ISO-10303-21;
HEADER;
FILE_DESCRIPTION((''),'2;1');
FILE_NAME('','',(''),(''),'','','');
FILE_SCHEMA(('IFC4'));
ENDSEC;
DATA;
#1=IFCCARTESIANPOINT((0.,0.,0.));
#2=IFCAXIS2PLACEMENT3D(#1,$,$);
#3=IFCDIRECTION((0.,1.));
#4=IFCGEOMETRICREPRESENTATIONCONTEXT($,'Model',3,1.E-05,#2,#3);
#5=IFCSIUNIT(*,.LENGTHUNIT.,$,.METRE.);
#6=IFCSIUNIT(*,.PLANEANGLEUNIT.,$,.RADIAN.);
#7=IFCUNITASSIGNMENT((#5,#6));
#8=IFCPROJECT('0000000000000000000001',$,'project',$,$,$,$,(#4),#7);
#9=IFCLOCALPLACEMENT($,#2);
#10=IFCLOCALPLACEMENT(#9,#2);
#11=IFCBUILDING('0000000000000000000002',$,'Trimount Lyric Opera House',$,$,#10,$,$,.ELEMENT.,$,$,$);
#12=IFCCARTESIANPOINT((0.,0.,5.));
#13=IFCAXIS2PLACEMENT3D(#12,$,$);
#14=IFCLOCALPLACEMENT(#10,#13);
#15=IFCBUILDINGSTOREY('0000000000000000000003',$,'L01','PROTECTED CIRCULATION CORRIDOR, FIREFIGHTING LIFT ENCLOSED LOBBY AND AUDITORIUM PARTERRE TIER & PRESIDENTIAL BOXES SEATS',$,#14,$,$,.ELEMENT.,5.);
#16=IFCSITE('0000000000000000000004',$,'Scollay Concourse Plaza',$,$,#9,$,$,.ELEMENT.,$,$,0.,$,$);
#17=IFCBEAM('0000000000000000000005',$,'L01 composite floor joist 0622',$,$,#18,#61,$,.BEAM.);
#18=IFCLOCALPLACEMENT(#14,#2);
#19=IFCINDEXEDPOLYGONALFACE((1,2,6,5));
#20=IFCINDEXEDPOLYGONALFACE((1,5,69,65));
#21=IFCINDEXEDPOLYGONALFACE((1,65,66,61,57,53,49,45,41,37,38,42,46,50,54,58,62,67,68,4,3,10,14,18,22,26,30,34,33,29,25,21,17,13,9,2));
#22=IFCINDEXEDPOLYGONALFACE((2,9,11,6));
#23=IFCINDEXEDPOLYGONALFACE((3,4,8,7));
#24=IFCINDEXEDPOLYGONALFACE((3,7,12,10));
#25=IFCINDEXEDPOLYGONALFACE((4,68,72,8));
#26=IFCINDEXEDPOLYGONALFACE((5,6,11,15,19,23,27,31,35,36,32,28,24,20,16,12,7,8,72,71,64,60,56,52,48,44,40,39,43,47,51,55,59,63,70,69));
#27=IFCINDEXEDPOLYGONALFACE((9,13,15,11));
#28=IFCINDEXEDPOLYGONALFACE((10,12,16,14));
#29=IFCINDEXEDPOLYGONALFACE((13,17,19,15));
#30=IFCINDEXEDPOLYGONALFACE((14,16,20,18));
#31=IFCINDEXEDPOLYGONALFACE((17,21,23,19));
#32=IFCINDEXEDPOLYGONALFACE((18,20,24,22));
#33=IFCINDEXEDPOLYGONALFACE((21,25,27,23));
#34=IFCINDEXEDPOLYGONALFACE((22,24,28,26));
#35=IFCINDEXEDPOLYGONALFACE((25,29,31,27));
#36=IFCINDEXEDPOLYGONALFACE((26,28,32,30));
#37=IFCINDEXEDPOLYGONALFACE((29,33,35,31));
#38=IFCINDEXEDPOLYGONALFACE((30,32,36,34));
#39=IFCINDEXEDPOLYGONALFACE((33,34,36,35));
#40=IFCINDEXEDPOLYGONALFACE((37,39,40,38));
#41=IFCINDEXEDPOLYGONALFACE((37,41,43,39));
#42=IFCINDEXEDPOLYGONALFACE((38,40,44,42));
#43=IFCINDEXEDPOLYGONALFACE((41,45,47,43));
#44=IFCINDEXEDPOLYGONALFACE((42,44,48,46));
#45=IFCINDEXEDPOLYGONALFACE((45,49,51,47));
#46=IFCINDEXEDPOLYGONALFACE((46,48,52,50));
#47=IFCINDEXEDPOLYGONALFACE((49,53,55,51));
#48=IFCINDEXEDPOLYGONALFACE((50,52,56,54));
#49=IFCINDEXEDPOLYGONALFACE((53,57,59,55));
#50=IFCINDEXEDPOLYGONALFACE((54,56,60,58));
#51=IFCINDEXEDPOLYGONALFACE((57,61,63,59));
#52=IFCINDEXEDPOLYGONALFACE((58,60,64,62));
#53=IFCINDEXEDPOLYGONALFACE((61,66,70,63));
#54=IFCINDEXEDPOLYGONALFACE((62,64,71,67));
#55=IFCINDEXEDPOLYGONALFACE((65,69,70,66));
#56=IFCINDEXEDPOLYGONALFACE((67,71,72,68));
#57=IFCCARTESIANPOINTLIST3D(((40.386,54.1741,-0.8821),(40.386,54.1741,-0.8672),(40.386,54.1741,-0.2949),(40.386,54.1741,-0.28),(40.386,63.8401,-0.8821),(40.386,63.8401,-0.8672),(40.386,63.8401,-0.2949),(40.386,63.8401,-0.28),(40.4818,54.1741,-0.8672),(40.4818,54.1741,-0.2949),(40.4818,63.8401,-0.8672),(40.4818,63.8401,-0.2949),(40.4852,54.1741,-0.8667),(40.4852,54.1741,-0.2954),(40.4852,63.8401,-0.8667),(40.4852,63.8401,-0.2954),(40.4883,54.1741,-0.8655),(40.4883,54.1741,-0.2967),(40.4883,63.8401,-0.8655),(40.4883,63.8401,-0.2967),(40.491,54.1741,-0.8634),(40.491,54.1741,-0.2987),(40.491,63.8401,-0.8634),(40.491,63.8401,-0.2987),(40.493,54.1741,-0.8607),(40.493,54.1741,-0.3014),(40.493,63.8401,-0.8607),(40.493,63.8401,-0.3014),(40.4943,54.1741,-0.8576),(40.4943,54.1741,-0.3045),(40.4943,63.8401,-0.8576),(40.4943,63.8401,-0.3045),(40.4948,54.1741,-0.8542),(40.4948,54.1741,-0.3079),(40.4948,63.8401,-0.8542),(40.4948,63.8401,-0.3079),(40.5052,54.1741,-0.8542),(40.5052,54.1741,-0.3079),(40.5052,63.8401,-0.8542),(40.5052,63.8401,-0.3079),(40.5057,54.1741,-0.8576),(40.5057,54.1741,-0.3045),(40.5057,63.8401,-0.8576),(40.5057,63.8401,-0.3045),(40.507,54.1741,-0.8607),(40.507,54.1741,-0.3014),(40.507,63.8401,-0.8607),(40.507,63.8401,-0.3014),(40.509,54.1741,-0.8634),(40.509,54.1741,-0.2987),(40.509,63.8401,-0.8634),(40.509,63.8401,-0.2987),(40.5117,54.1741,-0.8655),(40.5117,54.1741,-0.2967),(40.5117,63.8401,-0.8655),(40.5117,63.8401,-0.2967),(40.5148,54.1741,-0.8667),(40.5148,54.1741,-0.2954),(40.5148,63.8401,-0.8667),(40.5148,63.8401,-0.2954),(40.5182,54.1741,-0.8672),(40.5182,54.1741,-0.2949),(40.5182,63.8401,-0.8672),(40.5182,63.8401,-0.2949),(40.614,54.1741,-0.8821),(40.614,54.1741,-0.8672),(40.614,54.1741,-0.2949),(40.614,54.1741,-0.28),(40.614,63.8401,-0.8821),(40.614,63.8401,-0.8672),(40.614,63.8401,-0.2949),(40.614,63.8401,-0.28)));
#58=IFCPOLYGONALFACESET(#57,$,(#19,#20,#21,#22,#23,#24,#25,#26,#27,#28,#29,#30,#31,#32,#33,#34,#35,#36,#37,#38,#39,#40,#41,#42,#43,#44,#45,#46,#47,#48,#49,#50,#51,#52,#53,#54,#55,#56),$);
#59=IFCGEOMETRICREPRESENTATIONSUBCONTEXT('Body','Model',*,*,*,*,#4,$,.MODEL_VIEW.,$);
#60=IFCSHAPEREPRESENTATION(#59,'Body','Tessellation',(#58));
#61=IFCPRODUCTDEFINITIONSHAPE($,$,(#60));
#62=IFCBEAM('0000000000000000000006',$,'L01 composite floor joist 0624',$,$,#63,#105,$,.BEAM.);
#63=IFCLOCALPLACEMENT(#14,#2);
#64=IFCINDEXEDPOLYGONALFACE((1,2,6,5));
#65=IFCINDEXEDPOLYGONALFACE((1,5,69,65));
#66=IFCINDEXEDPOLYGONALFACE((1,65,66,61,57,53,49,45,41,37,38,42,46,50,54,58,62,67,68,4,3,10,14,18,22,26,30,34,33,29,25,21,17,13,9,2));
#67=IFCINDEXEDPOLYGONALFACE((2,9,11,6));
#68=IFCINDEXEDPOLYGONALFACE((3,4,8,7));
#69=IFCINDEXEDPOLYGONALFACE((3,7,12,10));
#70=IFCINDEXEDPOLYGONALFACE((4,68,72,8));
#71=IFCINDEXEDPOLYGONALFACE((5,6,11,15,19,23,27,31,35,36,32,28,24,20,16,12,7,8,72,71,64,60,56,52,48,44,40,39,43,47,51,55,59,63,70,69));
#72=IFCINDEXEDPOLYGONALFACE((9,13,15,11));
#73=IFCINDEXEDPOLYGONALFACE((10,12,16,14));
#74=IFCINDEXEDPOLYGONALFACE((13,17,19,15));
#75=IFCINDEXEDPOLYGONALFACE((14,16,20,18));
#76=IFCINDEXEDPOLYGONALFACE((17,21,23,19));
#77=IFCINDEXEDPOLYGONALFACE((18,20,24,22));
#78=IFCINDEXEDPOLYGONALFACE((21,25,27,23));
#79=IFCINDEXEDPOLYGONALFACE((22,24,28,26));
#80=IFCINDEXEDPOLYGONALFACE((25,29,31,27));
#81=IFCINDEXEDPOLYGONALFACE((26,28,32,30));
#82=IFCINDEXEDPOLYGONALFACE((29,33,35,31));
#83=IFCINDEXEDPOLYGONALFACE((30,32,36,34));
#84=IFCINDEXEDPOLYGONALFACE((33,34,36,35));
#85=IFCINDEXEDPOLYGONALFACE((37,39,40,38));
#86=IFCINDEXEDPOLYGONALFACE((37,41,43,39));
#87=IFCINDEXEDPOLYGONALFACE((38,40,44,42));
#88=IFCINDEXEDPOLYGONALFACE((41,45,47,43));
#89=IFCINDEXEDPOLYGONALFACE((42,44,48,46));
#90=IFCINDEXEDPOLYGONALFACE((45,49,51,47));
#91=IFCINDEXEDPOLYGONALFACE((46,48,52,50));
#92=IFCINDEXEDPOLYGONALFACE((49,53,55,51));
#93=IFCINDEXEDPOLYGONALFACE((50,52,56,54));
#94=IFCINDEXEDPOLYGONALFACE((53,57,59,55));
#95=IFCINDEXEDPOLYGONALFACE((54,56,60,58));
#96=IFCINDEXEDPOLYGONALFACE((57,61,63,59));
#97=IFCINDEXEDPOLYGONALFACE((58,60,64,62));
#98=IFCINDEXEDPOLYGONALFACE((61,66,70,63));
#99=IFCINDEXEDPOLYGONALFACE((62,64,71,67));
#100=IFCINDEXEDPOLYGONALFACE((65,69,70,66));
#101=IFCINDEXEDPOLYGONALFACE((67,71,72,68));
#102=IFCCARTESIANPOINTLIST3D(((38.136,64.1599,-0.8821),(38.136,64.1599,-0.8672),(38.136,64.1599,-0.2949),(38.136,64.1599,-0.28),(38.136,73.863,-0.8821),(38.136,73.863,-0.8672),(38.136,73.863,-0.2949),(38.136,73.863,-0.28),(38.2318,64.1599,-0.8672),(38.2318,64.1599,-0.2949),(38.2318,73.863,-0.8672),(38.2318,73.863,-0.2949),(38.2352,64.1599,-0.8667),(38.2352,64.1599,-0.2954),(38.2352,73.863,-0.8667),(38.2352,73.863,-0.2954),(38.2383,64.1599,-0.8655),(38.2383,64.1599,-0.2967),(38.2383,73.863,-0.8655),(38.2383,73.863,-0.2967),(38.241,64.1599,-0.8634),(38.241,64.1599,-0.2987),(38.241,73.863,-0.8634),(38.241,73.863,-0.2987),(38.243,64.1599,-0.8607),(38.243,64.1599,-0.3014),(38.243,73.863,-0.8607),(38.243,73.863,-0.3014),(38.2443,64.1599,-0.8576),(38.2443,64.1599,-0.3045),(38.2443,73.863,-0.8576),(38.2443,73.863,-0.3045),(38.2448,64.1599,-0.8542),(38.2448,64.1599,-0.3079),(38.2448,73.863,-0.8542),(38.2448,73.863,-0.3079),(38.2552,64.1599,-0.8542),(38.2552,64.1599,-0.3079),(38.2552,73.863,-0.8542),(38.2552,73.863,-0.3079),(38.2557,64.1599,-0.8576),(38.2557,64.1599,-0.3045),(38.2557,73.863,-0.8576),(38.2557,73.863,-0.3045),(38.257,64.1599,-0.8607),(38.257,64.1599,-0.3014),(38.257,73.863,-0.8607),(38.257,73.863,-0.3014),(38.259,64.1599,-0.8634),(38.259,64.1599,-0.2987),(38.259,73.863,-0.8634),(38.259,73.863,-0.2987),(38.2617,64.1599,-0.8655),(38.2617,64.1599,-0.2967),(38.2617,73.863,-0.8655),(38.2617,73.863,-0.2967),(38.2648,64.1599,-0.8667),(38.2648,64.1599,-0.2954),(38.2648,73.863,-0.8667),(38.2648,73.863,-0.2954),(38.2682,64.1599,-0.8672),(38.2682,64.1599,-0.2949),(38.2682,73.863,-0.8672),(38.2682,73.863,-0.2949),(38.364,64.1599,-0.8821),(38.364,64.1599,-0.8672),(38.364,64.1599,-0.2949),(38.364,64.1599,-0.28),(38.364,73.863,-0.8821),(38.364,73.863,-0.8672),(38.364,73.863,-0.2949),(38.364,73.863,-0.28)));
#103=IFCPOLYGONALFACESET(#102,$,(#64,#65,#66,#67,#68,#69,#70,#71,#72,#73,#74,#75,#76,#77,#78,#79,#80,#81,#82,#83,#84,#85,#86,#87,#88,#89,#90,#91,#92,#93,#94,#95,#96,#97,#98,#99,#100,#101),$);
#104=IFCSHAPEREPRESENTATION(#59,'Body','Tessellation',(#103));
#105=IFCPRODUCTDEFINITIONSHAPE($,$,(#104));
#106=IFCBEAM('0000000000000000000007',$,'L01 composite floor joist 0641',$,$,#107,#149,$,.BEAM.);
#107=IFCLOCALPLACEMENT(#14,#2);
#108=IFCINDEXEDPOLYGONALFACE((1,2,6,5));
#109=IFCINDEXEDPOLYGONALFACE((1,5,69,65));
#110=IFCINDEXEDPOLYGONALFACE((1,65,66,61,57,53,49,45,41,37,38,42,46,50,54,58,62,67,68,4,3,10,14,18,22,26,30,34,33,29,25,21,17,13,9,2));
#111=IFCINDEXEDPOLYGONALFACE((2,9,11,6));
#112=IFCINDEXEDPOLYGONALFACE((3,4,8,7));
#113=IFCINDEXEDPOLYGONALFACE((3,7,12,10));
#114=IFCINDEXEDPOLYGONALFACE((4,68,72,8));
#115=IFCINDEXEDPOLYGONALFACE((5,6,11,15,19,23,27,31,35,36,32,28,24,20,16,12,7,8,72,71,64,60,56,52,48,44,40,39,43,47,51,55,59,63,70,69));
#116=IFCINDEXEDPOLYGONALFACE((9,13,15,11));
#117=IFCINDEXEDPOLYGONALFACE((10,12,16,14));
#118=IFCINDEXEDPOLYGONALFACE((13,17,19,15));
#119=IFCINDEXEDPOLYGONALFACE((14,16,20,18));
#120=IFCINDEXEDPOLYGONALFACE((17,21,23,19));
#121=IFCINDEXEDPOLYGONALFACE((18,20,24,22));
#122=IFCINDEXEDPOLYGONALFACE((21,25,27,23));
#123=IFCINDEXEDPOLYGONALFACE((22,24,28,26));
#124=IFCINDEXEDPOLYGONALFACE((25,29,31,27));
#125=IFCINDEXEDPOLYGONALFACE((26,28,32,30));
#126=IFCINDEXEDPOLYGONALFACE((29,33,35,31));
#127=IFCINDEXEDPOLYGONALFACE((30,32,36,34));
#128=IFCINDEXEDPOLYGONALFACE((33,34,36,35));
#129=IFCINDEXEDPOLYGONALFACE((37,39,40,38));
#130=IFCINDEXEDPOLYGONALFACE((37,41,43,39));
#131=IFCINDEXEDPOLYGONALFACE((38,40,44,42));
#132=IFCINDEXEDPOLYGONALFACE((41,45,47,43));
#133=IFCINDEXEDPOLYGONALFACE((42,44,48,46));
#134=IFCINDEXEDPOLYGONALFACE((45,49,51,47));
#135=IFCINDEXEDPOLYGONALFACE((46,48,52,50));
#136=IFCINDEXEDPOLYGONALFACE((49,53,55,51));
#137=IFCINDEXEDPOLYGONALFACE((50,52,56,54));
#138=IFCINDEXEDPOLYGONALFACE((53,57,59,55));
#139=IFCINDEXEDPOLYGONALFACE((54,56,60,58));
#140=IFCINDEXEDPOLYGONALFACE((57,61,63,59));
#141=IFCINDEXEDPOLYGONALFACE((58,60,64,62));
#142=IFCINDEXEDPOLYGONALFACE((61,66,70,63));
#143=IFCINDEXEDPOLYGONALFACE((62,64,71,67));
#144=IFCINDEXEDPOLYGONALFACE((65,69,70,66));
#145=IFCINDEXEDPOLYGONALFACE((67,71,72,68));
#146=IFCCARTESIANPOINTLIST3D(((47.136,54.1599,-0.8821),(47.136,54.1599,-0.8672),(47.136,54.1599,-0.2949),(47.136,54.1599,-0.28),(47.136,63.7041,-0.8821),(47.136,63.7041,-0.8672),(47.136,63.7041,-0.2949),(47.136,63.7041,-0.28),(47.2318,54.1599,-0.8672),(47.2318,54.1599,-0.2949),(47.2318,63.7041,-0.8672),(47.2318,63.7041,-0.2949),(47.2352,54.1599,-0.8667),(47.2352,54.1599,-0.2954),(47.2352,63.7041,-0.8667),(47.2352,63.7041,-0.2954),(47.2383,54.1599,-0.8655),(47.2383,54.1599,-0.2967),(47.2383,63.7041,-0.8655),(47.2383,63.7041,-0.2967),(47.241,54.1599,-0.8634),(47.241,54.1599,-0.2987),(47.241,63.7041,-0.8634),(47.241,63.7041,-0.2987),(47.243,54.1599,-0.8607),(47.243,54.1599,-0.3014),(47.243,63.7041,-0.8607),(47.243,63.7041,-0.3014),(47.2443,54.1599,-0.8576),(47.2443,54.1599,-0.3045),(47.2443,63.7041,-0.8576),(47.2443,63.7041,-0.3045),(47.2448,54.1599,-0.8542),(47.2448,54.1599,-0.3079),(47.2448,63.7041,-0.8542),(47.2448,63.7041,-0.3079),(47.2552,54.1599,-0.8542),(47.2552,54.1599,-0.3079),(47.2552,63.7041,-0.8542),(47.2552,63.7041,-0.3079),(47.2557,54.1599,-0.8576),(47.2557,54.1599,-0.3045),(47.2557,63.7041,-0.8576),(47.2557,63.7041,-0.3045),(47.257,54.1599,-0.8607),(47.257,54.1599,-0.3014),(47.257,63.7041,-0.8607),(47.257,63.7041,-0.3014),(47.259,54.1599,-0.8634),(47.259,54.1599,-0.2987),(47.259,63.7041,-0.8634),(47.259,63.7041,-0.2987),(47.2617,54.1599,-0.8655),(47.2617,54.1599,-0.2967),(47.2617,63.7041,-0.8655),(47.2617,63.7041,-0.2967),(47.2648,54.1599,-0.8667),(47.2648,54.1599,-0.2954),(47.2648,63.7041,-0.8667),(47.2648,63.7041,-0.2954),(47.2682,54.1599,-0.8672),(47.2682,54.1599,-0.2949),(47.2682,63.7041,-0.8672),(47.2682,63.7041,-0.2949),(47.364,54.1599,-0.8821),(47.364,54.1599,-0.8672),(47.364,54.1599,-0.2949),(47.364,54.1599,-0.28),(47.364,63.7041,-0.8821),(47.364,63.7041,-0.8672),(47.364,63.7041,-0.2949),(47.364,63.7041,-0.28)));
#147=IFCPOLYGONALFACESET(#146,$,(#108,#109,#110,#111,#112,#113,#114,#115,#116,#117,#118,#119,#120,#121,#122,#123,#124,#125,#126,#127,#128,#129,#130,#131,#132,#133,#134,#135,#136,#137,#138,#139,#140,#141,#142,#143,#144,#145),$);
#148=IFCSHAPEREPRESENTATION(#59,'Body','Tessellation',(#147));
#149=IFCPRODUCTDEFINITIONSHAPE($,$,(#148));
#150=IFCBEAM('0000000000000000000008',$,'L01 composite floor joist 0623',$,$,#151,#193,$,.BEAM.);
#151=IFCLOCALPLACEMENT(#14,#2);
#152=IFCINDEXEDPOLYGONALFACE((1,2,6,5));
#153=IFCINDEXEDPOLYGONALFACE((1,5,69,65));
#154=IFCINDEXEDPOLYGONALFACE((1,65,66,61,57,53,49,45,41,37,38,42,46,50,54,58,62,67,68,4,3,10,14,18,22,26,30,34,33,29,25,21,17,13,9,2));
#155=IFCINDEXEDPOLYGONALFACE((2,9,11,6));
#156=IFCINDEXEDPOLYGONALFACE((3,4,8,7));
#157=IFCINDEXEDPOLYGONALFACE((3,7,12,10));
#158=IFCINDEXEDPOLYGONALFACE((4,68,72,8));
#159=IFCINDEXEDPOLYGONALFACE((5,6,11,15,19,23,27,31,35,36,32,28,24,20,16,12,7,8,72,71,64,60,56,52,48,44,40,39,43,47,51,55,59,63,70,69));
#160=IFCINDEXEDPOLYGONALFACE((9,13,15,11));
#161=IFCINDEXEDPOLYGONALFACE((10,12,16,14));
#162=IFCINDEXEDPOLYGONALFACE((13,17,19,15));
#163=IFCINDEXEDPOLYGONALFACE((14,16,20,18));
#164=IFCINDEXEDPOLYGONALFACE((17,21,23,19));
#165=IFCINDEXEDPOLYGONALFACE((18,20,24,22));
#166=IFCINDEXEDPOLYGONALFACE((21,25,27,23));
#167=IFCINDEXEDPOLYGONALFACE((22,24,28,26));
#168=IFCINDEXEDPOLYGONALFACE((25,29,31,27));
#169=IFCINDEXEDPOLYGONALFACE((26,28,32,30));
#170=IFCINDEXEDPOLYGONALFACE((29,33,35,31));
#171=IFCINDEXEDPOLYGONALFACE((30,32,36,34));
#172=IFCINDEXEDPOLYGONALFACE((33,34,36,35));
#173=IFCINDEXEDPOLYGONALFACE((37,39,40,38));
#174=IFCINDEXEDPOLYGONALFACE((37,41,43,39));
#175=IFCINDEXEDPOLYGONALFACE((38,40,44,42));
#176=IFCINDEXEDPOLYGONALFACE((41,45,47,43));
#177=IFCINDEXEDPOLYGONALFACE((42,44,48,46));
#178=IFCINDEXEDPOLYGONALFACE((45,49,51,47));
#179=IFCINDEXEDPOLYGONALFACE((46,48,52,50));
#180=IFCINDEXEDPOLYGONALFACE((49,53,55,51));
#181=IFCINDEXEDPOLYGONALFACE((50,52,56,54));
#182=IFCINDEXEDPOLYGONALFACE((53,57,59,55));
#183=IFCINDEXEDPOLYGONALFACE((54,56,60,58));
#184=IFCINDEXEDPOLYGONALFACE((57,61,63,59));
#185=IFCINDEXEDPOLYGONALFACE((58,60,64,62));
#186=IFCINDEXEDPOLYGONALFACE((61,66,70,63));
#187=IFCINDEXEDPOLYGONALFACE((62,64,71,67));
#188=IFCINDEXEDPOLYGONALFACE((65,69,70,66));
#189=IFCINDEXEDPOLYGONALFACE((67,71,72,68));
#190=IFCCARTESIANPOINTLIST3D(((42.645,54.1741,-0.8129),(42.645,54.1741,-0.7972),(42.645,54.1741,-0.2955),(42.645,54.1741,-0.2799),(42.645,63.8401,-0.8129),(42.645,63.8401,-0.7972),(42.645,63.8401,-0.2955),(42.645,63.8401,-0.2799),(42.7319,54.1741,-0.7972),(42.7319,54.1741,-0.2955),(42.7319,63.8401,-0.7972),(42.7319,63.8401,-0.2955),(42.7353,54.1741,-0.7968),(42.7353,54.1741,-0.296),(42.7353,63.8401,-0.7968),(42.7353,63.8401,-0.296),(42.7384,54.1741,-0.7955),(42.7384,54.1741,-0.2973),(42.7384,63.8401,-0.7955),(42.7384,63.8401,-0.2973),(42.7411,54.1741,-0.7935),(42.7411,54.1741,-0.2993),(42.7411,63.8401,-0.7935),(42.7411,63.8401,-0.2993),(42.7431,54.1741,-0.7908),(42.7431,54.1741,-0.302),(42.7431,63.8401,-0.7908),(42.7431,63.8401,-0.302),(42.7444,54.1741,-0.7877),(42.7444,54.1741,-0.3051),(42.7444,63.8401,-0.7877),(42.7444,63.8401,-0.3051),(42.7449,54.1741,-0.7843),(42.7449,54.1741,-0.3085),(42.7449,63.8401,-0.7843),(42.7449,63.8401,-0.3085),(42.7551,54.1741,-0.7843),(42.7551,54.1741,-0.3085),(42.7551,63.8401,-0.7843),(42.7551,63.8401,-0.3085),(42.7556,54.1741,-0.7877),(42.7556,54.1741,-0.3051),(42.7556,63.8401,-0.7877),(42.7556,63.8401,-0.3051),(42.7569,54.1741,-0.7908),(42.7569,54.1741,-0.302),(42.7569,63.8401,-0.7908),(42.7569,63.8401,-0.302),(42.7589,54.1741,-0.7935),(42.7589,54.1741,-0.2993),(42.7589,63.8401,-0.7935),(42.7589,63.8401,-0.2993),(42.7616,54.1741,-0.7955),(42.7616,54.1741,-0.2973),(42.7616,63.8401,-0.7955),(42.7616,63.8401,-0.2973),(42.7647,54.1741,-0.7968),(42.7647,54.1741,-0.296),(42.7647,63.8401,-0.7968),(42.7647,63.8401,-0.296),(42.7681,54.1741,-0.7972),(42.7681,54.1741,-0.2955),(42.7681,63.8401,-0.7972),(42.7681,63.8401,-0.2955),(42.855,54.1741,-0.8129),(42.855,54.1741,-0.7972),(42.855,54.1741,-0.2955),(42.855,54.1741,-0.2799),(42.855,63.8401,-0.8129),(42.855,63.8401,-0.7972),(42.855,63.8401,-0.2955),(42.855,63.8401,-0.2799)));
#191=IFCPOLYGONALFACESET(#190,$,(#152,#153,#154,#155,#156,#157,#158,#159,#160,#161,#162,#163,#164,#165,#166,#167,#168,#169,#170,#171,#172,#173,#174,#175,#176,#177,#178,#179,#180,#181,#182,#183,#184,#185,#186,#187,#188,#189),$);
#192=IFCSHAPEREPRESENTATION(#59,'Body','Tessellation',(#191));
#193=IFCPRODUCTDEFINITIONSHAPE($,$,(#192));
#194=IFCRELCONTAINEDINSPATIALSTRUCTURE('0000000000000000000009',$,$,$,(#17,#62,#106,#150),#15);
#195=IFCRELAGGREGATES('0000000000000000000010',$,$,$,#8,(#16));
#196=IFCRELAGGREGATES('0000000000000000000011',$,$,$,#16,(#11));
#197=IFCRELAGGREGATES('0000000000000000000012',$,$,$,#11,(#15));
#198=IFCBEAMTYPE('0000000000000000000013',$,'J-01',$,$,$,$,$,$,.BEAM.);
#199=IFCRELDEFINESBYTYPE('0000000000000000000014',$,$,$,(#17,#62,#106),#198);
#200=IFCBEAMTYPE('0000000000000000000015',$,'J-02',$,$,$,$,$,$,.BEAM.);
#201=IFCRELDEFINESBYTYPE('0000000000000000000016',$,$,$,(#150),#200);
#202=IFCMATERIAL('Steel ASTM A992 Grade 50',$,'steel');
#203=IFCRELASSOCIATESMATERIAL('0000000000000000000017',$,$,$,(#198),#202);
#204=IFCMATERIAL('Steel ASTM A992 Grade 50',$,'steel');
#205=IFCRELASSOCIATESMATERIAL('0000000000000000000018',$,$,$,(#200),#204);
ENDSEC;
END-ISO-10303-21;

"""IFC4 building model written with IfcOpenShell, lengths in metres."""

from ifc_helpers import new_model, si_unit, direction, frame, origin, origin_2d, place, context, subcontext, project, spatial, i_section, extrude, material, material_profile, profile_set, type_object, element, save


model = new_model("IFC4")

# Units and contexts
model_context = context("Model", 3, precision=1e-05, world=origin(), true_north=direction((0.0, 1.0)))
body_context = subcontext(model_context, "Body", "Model", "MODEL_VIEW")
ifc_project = project(units=[si_unit("LENGTHUNIT", "METRE"), si_unit("PLANEANGLEUNIT", "RADIAN")], contexts=[model_context])

# Site, building, storey
site_placement = place(None, origin())
site = spatial("IfcSite", under=ifc_project, at=site_placement, Name="Scollay Concourse Plaza", CompositionType="ELEMENT", RefElevation=0.0)
building_placement = place(site_placement, origin())
building = spatial("IfcBuilding", under=site, at=building_placement, Name="Trimount Lyric Opera House", CompositionType="ELEMENT")
storey_placement = place(building_placement, frame((0.0, 0.0, 5.0)))
storey = spatial("IfcBuildingStorey", under=building, at=storey_placement, Name="L01", Description="PROTECTED CIRCULATION CORRIDOR, FIREFIGHTING LIFT ENCLOSED LOBBY AND AUDITORIUM PARTERRE TIER & PRESIDENTIAL BOXES SEATS", CompositionType="ELEMENT", Elevation=5.0)

# Beams
ifc_material_1 = material(Name="Steel ASTM A992 Grade 50", Category="steel")
ifc_material_profile_1 = material_profile(ifc_material_1, i_section(OverallWidth=0.228, OverallDepth=0.6021, WebThickness=0.0105, FlangeThickness=0.0149, FilletRadius=0.0129, at=origin_2d()), Name="W24X68")
ifc_profile_set_1 = profile_set([ifc_material_profile_1], Name="Steel ASTM A992 Grade 50")
beam_type_1 = type_object("IfcBeamType", Name="J-01", PredefinedType="BEAM", material=ifc_profile_set_1)
beam_1_placement = place(storey_placement, frame((40.5, 54.1741, -0.5811), z_axis=(0.0, 1.0, 0.0), x_axis=(-1.0, 0.0, 0.0)))
element("IfcBeam", 1, at=beam_1_placement, inside=storey, type_object=beam_type_1, Name="L01 composite floor joist 0622", PredefinedType="BEAM", context=body_context, shape_type="SweptSolid", body=[
    extrude(i_section(OverallWidth=0.228, OverallDepth=0.6021, WebThickness=0.0105, FlangeThickness=0.0149, FilletRadius=0.0129, at=origin_2d()), origin(), (0.0, 0.0, 1.0), 9.666),
])
beam_2_placement = place(storey_placement, frame((38.25, 64.1599, -0.5811), z_axis=(0.0, 1.0, 0.0), x_axis=(-1.0, 0.0, 0.0)))
element("IfcBeam", 2, at=beam_2_placement, inside=storey, type_object=beam_type_1, Name="L01 composite floor joist 0624", PredefinedType="BEAM", context=body_context, shape_type="SweptSolid", body=[
    extrude(i_section(OverallWidth=0.228, OverallDepth=0.6021, WebThickness=0.0105, FlangeThickness=0.0149, FilletRadius=0.0129, at=origin_2d()), origin(), (0.0, 0.0, 1.0), 9.7031),
])
beam_3_placement = place(storey_placement, frame((47.25, 54.1599, -0.5811), z_axis=(0.0, 1.0, 0.0), x_axis=(-1.0, 0.0, 0.0)))
element("IfcBeam", 3, at=beam_3_placement, inside=storey, type_object=beam_type_1, Name="L01 composite floor joist 0641", PredefinedType="BEAM", context=body_context, shape_type="SweptSolid", body=[
    extrude(i_section(OverallWidth=0.228, OverallDepth=0.6021, WebThickness=0.0105, FlangeThickness=0.0149, FilletRadius=0.0129, at=origin_2d()), origin(), (0.0, 0.0, 1.0), 9.5442),
])
ifc_material_2 = material(Name="Steel ASTM A992 Grade 50", Category="steel")
ifc_material_profile_2 = material_profile(ifc_material_2, i_section(OverallWidth=0.21, OverallDepth=0.533, WebThickness=0.0103, FlangeThickness=0.0156, FilletRadius=0.0129, at=origin_2d()), Name="W21X62")
ifc_profile_set_2 = profile_set([ifc_material_profile_2], Name="Steel ASTM A992 Grade 50")
beam_type_2 = type_object("IfcBeamType", Name="J-02", PredefinedType="BEAM", material=ifc_profile_set_2)
beam_4_placement = place(storey_placement, frame((42.75, 54.1741, -0.5464), z_axis=(0.0, 1.0, 0.0), x_axis=(-1.0, 0.0, 0.0)))
element("IfcBeam", 4, at=beam_4_placement, inside=storey, type_object=beam_type_2, Name="L01 composite floor joist 0623", PredefinedType="BEAM", context=body_context, shape_type="SweptSolid", body=[
    extrude(i_section(OverallWidth=0.21, OverallDepth=0.533, WebThickness=0.0103, FlangeThickness=0.0156, FilletRadius=0.0129, at=origin_2d()), origin(), (0.0, 0.0, 1.0), 9.666),
])

save(model, "model.ifc")
